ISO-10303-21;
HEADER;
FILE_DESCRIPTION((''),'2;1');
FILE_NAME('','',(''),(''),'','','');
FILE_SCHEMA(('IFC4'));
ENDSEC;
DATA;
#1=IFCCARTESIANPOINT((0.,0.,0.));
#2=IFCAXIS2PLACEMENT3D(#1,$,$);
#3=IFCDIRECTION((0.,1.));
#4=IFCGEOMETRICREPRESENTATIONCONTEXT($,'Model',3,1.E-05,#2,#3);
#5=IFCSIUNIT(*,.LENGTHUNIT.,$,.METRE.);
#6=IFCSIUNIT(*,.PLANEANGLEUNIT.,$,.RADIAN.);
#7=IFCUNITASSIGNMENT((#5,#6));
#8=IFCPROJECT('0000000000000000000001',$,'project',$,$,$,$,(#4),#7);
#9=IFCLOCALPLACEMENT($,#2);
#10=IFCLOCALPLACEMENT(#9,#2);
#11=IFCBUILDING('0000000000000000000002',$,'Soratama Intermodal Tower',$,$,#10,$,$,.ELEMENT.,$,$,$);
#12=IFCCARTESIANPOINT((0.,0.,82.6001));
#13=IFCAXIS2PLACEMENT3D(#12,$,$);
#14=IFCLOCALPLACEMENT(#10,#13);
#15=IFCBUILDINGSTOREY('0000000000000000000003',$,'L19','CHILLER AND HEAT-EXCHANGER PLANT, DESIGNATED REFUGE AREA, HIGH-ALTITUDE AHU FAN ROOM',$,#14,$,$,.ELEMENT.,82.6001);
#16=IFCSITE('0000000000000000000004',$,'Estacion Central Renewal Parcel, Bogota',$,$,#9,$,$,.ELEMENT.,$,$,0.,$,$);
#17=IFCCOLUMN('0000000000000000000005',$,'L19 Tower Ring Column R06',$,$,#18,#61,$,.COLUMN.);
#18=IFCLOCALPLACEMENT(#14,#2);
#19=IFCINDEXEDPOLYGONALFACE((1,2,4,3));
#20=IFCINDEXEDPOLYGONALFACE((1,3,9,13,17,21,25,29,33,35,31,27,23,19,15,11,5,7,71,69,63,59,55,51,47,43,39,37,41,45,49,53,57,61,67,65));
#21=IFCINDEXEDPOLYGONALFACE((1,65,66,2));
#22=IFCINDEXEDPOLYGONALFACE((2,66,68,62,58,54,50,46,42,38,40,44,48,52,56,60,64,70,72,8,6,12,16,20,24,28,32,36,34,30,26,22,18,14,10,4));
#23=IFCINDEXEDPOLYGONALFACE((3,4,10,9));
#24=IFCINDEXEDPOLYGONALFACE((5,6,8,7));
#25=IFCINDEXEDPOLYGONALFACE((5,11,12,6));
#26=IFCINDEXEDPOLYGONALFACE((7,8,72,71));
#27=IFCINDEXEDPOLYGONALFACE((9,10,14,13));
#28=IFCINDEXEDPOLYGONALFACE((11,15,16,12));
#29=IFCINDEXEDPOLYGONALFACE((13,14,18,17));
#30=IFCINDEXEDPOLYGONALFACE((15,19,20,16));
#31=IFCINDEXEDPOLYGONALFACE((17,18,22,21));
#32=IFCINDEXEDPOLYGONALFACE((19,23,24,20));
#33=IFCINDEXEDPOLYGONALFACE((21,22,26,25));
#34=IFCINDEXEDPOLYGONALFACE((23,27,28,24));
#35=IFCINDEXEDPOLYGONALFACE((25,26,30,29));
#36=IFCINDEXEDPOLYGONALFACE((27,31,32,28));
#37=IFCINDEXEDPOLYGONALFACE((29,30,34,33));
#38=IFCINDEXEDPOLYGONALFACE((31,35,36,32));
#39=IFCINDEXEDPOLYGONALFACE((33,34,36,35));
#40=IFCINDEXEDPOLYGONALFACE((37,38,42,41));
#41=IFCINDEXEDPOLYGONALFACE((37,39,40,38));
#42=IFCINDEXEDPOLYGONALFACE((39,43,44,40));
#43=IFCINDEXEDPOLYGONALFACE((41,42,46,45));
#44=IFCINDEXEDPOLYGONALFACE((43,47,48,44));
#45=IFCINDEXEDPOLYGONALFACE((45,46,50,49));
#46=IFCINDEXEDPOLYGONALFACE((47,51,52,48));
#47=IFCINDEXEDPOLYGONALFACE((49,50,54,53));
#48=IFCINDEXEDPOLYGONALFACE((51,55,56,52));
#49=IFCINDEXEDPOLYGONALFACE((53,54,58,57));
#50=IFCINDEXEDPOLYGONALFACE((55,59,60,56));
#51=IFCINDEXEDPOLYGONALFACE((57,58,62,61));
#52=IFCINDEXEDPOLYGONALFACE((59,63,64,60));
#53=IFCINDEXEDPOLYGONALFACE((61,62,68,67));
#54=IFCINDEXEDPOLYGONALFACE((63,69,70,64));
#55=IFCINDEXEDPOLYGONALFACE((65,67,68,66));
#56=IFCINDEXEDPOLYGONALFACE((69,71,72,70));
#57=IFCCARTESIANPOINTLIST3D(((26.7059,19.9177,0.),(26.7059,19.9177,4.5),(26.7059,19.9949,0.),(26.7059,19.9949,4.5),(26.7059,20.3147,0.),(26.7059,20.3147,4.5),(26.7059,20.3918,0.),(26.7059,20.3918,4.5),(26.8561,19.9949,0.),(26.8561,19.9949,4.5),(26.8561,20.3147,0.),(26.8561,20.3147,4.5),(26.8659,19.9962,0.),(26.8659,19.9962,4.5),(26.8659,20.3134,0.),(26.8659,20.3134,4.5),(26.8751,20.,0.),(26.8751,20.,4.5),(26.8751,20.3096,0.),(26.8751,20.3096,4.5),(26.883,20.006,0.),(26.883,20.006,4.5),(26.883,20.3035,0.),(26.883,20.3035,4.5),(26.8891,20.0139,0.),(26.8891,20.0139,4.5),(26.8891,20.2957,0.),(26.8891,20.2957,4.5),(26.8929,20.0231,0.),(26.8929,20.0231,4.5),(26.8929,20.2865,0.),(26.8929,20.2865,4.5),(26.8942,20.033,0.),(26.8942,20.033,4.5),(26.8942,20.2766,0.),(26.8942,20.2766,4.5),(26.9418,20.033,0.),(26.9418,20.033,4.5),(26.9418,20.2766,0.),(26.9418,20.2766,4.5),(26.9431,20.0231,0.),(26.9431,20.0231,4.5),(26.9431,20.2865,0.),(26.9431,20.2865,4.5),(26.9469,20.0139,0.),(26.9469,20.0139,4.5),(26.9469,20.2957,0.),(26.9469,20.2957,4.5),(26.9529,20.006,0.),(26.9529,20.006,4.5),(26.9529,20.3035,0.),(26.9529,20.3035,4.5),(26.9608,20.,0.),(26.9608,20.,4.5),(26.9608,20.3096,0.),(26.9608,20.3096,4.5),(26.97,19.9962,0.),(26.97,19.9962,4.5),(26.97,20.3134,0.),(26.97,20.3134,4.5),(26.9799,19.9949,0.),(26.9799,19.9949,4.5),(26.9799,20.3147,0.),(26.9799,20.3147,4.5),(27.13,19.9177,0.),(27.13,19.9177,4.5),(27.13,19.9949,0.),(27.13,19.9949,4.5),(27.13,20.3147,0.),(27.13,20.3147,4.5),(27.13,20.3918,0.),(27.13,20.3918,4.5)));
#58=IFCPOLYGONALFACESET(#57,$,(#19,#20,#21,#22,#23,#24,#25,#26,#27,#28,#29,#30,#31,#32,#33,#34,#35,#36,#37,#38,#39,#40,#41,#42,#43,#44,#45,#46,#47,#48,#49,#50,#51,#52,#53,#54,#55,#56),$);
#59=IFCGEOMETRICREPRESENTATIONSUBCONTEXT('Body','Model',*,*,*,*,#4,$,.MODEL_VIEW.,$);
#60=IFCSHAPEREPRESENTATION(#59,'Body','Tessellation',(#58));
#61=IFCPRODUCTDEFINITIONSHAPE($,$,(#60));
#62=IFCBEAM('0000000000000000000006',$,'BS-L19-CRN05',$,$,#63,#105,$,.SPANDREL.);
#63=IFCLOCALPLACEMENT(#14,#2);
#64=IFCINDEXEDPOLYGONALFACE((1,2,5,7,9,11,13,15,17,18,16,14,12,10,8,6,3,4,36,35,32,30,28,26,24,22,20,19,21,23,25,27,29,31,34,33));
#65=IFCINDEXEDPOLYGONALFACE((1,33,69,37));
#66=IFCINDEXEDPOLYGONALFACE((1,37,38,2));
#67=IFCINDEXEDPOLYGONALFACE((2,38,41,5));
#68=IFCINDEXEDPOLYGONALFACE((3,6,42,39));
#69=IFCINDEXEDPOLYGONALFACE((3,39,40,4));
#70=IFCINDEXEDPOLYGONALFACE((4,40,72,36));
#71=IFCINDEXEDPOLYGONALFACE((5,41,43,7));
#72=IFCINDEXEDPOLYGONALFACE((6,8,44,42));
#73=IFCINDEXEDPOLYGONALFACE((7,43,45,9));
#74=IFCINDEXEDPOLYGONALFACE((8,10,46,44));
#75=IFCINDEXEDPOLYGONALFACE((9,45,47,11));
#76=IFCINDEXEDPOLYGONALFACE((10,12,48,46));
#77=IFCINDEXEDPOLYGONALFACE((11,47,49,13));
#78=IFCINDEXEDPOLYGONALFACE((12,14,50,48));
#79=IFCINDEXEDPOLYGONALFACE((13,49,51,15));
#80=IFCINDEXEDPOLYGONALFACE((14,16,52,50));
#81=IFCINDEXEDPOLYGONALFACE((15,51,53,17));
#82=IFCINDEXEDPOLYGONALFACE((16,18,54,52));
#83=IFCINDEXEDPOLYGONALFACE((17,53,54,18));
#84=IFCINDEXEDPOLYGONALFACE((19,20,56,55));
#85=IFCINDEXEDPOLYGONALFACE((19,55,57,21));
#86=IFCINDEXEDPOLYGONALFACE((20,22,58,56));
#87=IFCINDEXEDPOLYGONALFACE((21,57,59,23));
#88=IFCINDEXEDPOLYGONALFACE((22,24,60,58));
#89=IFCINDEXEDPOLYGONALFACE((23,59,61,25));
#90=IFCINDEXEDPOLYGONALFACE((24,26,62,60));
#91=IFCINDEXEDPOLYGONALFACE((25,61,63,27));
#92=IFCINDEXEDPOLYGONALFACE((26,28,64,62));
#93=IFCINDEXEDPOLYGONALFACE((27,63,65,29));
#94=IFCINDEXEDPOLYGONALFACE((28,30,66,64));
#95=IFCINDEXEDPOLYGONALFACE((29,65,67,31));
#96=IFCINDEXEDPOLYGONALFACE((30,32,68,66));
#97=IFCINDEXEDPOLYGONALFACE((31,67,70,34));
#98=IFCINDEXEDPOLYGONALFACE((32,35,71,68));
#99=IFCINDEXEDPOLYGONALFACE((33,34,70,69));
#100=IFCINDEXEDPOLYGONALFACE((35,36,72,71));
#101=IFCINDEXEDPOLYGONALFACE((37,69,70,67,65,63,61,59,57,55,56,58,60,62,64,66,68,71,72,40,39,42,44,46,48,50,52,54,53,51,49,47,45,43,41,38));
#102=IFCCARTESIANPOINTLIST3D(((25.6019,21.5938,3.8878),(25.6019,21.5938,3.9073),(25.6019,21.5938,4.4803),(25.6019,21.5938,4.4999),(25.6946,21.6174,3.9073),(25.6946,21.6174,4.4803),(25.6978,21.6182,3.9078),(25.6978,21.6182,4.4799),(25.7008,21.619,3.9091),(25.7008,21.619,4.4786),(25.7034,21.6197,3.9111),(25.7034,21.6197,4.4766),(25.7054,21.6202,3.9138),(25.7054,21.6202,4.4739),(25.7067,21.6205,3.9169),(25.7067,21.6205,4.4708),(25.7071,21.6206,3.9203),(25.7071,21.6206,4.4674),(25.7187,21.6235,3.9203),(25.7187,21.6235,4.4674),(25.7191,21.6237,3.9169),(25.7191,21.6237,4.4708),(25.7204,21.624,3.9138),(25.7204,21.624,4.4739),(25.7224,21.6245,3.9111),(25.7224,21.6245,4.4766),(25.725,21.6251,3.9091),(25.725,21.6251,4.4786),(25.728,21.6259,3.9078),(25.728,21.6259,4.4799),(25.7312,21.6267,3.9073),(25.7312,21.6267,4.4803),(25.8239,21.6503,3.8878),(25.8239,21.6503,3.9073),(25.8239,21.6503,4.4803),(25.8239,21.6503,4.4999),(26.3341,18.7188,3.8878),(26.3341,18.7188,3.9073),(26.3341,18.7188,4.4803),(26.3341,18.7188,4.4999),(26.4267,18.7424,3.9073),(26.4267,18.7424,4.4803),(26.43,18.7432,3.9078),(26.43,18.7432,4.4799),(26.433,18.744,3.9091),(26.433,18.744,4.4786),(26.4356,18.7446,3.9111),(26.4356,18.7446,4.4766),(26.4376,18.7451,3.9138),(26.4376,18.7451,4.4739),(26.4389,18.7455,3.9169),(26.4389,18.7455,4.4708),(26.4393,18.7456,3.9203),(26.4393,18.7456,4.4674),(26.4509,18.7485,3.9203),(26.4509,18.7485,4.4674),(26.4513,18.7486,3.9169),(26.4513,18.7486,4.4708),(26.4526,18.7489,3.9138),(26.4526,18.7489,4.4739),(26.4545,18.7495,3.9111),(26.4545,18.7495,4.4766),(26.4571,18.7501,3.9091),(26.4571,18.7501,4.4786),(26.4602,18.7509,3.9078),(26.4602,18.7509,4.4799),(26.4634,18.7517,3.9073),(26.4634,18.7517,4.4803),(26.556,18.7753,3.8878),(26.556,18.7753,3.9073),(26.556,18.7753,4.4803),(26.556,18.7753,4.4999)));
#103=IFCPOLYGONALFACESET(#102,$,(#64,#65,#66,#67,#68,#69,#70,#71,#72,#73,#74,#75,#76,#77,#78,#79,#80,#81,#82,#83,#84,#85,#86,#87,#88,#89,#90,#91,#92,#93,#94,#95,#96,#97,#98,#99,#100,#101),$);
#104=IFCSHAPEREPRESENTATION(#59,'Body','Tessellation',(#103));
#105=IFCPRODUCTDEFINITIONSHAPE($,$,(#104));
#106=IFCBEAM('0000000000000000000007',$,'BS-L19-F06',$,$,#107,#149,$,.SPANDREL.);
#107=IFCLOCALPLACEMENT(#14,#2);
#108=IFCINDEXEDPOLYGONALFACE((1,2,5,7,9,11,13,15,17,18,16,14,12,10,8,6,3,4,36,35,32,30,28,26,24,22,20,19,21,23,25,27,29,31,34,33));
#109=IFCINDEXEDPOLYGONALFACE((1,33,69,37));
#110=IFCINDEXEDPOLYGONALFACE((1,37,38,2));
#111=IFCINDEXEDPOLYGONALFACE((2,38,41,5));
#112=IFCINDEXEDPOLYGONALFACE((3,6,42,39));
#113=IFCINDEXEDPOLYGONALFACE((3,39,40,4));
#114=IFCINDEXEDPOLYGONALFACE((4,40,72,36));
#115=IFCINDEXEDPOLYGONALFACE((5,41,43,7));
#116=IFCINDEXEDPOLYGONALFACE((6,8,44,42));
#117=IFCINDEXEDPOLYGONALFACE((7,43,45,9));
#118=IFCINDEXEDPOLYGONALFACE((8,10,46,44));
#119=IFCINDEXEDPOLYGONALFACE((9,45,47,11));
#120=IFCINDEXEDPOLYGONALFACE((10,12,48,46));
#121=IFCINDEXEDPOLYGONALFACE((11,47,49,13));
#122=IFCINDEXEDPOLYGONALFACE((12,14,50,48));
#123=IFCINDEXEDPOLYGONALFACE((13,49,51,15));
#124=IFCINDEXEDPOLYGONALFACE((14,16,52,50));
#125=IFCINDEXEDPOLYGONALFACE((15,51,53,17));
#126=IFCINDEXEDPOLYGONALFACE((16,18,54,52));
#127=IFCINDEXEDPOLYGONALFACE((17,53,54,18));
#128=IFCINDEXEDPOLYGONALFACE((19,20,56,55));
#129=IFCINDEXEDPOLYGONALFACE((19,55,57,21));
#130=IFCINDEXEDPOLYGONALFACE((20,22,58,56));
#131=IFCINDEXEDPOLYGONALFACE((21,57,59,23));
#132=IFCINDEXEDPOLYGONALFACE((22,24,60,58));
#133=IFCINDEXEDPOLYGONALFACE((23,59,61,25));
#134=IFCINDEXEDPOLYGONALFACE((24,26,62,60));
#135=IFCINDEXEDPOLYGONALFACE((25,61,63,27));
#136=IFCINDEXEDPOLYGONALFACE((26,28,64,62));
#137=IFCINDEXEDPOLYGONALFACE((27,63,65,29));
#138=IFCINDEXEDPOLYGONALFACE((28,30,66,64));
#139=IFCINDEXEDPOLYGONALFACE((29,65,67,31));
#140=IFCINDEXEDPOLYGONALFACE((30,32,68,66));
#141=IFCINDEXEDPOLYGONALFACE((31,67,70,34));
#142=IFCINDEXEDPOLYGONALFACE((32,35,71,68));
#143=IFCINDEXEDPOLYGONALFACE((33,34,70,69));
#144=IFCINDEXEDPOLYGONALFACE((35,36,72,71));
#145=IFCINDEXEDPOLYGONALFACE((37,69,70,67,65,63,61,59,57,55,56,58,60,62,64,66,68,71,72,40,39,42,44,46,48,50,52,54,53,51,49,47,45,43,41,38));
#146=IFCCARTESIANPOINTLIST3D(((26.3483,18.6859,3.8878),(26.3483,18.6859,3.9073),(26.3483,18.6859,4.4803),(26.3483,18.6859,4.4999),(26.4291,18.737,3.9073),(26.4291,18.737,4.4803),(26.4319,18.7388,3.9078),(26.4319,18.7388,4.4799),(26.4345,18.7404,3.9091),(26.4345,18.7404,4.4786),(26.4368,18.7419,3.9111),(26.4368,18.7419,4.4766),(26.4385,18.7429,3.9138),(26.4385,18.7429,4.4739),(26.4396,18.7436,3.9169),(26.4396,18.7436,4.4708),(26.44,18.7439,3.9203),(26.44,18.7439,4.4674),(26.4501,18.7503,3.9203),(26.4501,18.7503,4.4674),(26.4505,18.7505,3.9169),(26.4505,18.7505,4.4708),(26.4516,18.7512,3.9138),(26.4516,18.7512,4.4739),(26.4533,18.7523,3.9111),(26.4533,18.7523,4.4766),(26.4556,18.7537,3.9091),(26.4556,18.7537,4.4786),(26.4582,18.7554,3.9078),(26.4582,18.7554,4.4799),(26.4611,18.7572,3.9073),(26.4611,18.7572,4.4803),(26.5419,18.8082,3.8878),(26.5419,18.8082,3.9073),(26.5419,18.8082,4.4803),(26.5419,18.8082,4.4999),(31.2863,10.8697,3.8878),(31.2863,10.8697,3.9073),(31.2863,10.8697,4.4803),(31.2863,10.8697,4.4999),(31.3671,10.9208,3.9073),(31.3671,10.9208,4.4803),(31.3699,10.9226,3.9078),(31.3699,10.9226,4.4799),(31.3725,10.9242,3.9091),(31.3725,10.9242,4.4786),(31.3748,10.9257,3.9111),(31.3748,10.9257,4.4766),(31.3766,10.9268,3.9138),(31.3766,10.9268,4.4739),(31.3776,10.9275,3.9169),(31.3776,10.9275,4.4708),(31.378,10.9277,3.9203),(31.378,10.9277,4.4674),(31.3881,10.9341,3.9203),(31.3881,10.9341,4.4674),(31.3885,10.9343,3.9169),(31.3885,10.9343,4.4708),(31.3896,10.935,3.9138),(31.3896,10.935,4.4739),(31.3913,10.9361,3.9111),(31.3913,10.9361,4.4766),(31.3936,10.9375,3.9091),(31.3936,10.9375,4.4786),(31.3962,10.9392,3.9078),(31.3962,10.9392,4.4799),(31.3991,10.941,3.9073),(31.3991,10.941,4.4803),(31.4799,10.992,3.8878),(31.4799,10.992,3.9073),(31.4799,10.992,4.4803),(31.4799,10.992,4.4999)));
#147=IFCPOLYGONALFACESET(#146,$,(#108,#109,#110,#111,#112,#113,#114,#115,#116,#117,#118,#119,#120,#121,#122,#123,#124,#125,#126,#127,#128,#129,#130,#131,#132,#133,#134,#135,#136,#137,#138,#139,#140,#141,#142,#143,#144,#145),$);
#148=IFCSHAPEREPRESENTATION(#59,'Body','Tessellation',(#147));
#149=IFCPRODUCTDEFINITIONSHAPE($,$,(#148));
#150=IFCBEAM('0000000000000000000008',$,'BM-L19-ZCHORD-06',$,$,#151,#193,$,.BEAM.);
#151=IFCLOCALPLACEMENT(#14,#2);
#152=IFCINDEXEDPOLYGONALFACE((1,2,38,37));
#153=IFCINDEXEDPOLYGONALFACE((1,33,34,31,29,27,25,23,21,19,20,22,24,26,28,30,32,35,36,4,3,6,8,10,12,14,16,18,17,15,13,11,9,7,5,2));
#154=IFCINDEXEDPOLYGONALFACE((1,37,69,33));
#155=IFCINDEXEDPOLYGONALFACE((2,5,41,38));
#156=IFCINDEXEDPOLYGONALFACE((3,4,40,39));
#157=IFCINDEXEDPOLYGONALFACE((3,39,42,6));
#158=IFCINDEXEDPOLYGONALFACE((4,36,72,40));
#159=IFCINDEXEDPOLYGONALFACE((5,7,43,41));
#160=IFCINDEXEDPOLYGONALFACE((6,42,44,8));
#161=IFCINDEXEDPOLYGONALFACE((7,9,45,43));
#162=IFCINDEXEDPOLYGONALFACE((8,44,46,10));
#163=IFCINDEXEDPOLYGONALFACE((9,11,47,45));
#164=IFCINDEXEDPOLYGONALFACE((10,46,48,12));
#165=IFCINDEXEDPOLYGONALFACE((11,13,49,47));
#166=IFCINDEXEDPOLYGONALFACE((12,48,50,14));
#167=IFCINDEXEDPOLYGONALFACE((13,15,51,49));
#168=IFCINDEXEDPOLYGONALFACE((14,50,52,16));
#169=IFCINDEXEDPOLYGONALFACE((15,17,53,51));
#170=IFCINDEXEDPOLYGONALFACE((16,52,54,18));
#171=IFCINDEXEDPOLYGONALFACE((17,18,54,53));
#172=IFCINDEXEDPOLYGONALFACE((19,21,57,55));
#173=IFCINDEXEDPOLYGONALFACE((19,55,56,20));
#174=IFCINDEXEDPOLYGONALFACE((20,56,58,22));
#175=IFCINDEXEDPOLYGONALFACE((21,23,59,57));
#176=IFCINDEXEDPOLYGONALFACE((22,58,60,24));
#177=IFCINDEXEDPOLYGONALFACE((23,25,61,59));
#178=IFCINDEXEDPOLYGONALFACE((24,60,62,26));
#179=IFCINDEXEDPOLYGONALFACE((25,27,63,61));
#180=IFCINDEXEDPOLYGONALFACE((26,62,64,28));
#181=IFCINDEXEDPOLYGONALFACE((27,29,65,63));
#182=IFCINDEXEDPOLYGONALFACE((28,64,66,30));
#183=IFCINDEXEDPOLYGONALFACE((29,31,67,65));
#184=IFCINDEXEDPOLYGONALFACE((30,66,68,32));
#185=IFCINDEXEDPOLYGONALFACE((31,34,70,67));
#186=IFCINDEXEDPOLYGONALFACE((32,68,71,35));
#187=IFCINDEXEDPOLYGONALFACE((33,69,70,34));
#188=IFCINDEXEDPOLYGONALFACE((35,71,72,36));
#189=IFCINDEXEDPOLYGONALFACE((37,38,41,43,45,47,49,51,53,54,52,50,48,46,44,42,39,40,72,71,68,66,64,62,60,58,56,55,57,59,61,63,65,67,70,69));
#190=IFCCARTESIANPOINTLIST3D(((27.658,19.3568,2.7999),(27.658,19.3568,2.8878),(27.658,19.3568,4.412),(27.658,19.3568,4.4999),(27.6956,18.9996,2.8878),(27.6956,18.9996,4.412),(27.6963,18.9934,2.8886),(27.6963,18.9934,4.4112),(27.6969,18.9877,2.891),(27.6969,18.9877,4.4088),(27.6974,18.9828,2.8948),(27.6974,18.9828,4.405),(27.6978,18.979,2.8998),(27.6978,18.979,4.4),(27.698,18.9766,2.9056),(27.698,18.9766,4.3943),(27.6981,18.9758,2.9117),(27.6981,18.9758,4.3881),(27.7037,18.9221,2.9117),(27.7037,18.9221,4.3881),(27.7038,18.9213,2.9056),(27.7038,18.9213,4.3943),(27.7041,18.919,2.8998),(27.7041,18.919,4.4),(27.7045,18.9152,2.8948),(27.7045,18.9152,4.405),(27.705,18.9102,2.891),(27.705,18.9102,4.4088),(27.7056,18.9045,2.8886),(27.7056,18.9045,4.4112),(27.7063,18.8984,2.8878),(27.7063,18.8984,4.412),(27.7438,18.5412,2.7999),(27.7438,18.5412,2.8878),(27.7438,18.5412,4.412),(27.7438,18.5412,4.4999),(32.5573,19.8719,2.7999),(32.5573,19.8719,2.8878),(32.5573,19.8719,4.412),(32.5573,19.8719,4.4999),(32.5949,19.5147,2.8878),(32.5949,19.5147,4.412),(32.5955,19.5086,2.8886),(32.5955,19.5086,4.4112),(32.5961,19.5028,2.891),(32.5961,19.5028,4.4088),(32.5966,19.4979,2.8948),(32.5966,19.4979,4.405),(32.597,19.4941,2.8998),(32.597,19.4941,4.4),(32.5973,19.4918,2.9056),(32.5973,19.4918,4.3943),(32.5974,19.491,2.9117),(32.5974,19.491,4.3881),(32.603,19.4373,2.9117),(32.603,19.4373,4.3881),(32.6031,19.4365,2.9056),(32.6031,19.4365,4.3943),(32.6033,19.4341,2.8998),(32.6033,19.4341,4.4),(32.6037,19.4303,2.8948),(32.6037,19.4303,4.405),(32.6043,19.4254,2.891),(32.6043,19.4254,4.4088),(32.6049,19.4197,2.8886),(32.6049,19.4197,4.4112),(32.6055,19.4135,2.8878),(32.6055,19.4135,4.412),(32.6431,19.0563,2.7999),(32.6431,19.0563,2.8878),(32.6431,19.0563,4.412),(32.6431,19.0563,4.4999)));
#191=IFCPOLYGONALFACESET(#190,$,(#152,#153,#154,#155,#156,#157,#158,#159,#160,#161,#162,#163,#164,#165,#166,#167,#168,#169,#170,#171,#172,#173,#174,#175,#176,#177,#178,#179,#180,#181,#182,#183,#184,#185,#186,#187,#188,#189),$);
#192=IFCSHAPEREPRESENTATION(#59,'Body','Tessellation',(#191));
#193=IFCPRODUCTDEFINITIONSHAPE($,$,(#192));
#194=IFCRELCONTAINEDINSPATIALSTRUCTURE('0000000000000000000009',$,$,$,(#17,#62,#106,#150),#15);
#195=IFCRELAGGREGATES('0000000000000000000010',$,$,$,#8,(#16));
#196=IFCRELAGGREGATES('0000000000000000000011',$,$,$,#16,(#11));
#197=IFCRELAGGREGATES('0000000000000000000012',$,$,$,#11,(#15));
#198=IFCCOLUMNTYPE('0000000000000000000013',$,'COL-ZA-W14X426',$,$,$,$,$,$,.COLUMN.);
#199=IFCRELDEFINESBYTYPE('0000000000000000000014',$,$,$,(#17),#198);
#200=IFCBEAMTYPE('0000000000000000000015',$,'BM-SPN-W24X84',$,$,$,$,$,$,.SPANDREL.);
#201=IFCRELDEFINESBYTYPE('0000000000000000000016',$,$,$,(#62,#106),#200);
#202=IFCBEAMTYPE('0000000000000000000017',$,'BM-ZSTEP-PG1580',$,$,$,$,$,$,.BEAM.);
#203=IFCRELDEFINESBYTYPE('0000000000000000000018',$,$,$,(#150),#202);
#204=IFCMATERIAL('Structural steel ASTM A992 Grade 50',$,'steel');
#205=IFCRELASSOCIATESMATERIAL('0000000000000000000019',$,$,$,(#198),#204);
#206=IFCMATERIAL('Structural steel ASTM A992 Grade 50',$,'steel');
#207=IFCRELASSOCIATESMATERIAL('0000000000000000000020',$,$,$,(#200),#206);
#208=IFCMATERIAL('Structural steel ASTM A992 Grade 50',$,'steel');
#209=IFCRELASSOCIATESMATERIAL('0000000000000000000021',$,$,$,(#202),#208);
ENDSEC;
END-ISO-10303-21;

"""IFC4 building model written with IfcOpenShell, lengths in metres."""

from ifc_helpers import new_model, si_unit, direction, frame, origin, origin_2d, place, context, subcontext, project, spatial, i_section, extrude, material, material_profile, profile_set, type_object, element, save


model = new_model("IFC4")

# Units and contexts
model_context = context("Model", 3, precision=1e-05, world=origin(), true_north=direction((0.0, 1.0)))
body_context = subcontext(model_context, "Body", "Model", "MODEL_VIEW")
ifc_project = project(units=[si_unit("LENGTHUNIT", "METRE"), si_unit("PLANEANGLEUNIT", "RADIAN")], contexts=[model_context])

# Site, building, storey
site_placement = place(None, origin())
site = spatial("IfcSite", under=ifc_project, at=site_placement, Name="Estacion Central Renewal Parcel, Bogota", CompositionType="ELEMENT", RefElevation=0.0)
building_placement = place(site_placement, origin())
building = spatial("IfcBuilding", under=site, at=building_placement, Name="Soratama Intermodal Tower", CompositionType="ELEMENT")
storey_placement = place(building_placement, frame((0.0, 0.0, 82.6001)))
storey = spatial("IfcBuildingStorey", under=building, at=storey_placement, Name="L19", Description="CHILLER AND HEAT-EXCHANGER PLANT, DESIGNATED REFUGE AREA, HIGH-ALTITUDE AHU FAN ROOM", CompositionType="ELEMENT", Elevation=82.6001)

# Column
ifc_material_1 = material(Name="Structural steel ASTM A992 Grade 50", Category="steel")
ifc_material_profile_1 = material_profile(ifc_material_1, i_section(OverallWidth=0.4241, OverallDepth=0.4741, WebThickness=0.0476, FlangeThickness=0.0771, FilletRadius=0.0381, at=origin_2d()), Name="W14X426")
ifc_profile_set_1 = profile_set([ifc_material_profile_1], Name="Structural steel ASTM A992 Grade 50")
column_type = type_object("IfcColumnType", Name="COL-ZA-W14X426", PredefinedType="COLUMN", material=ifc_profile_set_1)
column_placement = place(storey_placement, frame((26.918, 20.1548, 0.0), z_axis=(0.0, 0.0, 1.0), x_axis=(1.0, 0.0, 0.0)))
element("IfcColumn", 1, at=column_placement, inside=storey, type_object=column_type, Name="L19 Tower Ring Column R06", PredefinedType="COLUMN", context=body_context, shape_type="SweptSolid", body=[
    extrude(i_section(OverallWidth=0.4241, OverallDepth=0.4741, WebThickness=0.0476, FlangeThickness=0.0771, FilletRadius=0.0381, at=origin_2d()), origin(), (0.0, 0.0, 1.0), 4.5),
])

# Beams
ifc_material_2 = material(Name="Structural steel ASTM A992 Grade 50", Category="steel")
ifc_material_profile_2 = material_profile(ifc_material_2, i_section(OverallWidth=0.229, OverallDepth=0.6121, WebThickness=0.012, FlangeThickness=0.0195, FilletRadius=0.0129, at=origin_2d()), Name="W24X84")
ifc_profile_set_2 = profile_set([ifc_material_profile_2], Name="Structural steel ASTM A992 Grade 50")
beam_type_1 = type_object("IfcBeamType", Name="BM-SPN-W24X84", PredefinedType="SPANDREL", material=ifc_profile_set_2)
beam_1_placement = place(storey_placement, frame((25.7129, 21.6221, 4.1938), z_axis=(0.246793, -0.969068, 0.0), x_axis=(0.969068, 0.246793, 0.0)))
element("IfcBeam", 2, at=beam_1_placement, inside=storey, type_object=beam_type_1, Name="BS-L19-CRN05", PredefinedType="SPANDREL", context=body_context, shape_type="SweptSolid", body=[
    extrude(i_section(OverallWidth=0.229, OverallDepth=0.6121, WebThickness=0.012, FlangeThickness=0.0195, FilletRadius=0.0129, at=origin_2d()), origin(), (0.0, 0.0, 1.0), 2.9668),
])
beam_2_placement = place(storey_placement, frame((26.4451, 18.7471, 4.1938), z_axis=(0.534106, -0.845417, 0.0), x_axis=(0.845417, 0.534106, 0.0)))
element("IfcBeam", 3, at=beam_2_placement, inside=storey, type_object=beam_type_1, Name="BS-L19-F06", PredefinedType="SPANDREL", context=body_context, shape_type="SweptSolid", body=[
    extrude(i_section(OverallWidth=0.229, OverallDepth=0.6121, WebThickness=0.012, FlangeThickness=0.0195, FilletRadius=0.0129, at=origin_2d()), origin(), (0.0, 0.0, 1.0), 9.2454),
])
ifc_material_3 = material(Name="Structural steel ASTM A992 Grade 50", Category="steel")
ifc_material_profile_3 = material_profile(ifc_material_3, i_section(OverallWidth=0.8201, OverallDepth=1.7, WebThickness=0.054, FlangeThickness=0.0879, FilletRadius=0.0239, at=origin_2d()), Name="PG1580X800")
ifc_profile_set_3 = profile_set([ifc_material_profile_3], Name="Structural steel ASTM A992 Grade 50")
beam_type_2 = type_object("IfcBeamType", Name="BM-ZSTEP-PG1580", PredefinedType="BEAM", material=ifc_profile_set_3)
beam_3_placement = place(storey_placement, frame((27.7009, 18.949, 3.6499), z_axis=(0.994517, 0.104571, 0.0), x_axis=(-0.104571, 0.994517, 0.0)))
element("IfcBeam", 4, at=beam_3_placement, inside=storey, type_object=beam_type_2, Name="BM-L19-ZCHORD-06", PredefinedType="BEAM", context=body_context, shape_type="SweptSolid", body=[
    extrude(i_section(OverallWidth=0.8201, OverallDepth=1.7, WebThickness=0.054, FlangeThickness=0.0879, FilletRadius=0.0239, at=origin_2d()), origin(), (0.0, 0.0, 1.0), 4.9263),
])

save(model, "model.ifc")
